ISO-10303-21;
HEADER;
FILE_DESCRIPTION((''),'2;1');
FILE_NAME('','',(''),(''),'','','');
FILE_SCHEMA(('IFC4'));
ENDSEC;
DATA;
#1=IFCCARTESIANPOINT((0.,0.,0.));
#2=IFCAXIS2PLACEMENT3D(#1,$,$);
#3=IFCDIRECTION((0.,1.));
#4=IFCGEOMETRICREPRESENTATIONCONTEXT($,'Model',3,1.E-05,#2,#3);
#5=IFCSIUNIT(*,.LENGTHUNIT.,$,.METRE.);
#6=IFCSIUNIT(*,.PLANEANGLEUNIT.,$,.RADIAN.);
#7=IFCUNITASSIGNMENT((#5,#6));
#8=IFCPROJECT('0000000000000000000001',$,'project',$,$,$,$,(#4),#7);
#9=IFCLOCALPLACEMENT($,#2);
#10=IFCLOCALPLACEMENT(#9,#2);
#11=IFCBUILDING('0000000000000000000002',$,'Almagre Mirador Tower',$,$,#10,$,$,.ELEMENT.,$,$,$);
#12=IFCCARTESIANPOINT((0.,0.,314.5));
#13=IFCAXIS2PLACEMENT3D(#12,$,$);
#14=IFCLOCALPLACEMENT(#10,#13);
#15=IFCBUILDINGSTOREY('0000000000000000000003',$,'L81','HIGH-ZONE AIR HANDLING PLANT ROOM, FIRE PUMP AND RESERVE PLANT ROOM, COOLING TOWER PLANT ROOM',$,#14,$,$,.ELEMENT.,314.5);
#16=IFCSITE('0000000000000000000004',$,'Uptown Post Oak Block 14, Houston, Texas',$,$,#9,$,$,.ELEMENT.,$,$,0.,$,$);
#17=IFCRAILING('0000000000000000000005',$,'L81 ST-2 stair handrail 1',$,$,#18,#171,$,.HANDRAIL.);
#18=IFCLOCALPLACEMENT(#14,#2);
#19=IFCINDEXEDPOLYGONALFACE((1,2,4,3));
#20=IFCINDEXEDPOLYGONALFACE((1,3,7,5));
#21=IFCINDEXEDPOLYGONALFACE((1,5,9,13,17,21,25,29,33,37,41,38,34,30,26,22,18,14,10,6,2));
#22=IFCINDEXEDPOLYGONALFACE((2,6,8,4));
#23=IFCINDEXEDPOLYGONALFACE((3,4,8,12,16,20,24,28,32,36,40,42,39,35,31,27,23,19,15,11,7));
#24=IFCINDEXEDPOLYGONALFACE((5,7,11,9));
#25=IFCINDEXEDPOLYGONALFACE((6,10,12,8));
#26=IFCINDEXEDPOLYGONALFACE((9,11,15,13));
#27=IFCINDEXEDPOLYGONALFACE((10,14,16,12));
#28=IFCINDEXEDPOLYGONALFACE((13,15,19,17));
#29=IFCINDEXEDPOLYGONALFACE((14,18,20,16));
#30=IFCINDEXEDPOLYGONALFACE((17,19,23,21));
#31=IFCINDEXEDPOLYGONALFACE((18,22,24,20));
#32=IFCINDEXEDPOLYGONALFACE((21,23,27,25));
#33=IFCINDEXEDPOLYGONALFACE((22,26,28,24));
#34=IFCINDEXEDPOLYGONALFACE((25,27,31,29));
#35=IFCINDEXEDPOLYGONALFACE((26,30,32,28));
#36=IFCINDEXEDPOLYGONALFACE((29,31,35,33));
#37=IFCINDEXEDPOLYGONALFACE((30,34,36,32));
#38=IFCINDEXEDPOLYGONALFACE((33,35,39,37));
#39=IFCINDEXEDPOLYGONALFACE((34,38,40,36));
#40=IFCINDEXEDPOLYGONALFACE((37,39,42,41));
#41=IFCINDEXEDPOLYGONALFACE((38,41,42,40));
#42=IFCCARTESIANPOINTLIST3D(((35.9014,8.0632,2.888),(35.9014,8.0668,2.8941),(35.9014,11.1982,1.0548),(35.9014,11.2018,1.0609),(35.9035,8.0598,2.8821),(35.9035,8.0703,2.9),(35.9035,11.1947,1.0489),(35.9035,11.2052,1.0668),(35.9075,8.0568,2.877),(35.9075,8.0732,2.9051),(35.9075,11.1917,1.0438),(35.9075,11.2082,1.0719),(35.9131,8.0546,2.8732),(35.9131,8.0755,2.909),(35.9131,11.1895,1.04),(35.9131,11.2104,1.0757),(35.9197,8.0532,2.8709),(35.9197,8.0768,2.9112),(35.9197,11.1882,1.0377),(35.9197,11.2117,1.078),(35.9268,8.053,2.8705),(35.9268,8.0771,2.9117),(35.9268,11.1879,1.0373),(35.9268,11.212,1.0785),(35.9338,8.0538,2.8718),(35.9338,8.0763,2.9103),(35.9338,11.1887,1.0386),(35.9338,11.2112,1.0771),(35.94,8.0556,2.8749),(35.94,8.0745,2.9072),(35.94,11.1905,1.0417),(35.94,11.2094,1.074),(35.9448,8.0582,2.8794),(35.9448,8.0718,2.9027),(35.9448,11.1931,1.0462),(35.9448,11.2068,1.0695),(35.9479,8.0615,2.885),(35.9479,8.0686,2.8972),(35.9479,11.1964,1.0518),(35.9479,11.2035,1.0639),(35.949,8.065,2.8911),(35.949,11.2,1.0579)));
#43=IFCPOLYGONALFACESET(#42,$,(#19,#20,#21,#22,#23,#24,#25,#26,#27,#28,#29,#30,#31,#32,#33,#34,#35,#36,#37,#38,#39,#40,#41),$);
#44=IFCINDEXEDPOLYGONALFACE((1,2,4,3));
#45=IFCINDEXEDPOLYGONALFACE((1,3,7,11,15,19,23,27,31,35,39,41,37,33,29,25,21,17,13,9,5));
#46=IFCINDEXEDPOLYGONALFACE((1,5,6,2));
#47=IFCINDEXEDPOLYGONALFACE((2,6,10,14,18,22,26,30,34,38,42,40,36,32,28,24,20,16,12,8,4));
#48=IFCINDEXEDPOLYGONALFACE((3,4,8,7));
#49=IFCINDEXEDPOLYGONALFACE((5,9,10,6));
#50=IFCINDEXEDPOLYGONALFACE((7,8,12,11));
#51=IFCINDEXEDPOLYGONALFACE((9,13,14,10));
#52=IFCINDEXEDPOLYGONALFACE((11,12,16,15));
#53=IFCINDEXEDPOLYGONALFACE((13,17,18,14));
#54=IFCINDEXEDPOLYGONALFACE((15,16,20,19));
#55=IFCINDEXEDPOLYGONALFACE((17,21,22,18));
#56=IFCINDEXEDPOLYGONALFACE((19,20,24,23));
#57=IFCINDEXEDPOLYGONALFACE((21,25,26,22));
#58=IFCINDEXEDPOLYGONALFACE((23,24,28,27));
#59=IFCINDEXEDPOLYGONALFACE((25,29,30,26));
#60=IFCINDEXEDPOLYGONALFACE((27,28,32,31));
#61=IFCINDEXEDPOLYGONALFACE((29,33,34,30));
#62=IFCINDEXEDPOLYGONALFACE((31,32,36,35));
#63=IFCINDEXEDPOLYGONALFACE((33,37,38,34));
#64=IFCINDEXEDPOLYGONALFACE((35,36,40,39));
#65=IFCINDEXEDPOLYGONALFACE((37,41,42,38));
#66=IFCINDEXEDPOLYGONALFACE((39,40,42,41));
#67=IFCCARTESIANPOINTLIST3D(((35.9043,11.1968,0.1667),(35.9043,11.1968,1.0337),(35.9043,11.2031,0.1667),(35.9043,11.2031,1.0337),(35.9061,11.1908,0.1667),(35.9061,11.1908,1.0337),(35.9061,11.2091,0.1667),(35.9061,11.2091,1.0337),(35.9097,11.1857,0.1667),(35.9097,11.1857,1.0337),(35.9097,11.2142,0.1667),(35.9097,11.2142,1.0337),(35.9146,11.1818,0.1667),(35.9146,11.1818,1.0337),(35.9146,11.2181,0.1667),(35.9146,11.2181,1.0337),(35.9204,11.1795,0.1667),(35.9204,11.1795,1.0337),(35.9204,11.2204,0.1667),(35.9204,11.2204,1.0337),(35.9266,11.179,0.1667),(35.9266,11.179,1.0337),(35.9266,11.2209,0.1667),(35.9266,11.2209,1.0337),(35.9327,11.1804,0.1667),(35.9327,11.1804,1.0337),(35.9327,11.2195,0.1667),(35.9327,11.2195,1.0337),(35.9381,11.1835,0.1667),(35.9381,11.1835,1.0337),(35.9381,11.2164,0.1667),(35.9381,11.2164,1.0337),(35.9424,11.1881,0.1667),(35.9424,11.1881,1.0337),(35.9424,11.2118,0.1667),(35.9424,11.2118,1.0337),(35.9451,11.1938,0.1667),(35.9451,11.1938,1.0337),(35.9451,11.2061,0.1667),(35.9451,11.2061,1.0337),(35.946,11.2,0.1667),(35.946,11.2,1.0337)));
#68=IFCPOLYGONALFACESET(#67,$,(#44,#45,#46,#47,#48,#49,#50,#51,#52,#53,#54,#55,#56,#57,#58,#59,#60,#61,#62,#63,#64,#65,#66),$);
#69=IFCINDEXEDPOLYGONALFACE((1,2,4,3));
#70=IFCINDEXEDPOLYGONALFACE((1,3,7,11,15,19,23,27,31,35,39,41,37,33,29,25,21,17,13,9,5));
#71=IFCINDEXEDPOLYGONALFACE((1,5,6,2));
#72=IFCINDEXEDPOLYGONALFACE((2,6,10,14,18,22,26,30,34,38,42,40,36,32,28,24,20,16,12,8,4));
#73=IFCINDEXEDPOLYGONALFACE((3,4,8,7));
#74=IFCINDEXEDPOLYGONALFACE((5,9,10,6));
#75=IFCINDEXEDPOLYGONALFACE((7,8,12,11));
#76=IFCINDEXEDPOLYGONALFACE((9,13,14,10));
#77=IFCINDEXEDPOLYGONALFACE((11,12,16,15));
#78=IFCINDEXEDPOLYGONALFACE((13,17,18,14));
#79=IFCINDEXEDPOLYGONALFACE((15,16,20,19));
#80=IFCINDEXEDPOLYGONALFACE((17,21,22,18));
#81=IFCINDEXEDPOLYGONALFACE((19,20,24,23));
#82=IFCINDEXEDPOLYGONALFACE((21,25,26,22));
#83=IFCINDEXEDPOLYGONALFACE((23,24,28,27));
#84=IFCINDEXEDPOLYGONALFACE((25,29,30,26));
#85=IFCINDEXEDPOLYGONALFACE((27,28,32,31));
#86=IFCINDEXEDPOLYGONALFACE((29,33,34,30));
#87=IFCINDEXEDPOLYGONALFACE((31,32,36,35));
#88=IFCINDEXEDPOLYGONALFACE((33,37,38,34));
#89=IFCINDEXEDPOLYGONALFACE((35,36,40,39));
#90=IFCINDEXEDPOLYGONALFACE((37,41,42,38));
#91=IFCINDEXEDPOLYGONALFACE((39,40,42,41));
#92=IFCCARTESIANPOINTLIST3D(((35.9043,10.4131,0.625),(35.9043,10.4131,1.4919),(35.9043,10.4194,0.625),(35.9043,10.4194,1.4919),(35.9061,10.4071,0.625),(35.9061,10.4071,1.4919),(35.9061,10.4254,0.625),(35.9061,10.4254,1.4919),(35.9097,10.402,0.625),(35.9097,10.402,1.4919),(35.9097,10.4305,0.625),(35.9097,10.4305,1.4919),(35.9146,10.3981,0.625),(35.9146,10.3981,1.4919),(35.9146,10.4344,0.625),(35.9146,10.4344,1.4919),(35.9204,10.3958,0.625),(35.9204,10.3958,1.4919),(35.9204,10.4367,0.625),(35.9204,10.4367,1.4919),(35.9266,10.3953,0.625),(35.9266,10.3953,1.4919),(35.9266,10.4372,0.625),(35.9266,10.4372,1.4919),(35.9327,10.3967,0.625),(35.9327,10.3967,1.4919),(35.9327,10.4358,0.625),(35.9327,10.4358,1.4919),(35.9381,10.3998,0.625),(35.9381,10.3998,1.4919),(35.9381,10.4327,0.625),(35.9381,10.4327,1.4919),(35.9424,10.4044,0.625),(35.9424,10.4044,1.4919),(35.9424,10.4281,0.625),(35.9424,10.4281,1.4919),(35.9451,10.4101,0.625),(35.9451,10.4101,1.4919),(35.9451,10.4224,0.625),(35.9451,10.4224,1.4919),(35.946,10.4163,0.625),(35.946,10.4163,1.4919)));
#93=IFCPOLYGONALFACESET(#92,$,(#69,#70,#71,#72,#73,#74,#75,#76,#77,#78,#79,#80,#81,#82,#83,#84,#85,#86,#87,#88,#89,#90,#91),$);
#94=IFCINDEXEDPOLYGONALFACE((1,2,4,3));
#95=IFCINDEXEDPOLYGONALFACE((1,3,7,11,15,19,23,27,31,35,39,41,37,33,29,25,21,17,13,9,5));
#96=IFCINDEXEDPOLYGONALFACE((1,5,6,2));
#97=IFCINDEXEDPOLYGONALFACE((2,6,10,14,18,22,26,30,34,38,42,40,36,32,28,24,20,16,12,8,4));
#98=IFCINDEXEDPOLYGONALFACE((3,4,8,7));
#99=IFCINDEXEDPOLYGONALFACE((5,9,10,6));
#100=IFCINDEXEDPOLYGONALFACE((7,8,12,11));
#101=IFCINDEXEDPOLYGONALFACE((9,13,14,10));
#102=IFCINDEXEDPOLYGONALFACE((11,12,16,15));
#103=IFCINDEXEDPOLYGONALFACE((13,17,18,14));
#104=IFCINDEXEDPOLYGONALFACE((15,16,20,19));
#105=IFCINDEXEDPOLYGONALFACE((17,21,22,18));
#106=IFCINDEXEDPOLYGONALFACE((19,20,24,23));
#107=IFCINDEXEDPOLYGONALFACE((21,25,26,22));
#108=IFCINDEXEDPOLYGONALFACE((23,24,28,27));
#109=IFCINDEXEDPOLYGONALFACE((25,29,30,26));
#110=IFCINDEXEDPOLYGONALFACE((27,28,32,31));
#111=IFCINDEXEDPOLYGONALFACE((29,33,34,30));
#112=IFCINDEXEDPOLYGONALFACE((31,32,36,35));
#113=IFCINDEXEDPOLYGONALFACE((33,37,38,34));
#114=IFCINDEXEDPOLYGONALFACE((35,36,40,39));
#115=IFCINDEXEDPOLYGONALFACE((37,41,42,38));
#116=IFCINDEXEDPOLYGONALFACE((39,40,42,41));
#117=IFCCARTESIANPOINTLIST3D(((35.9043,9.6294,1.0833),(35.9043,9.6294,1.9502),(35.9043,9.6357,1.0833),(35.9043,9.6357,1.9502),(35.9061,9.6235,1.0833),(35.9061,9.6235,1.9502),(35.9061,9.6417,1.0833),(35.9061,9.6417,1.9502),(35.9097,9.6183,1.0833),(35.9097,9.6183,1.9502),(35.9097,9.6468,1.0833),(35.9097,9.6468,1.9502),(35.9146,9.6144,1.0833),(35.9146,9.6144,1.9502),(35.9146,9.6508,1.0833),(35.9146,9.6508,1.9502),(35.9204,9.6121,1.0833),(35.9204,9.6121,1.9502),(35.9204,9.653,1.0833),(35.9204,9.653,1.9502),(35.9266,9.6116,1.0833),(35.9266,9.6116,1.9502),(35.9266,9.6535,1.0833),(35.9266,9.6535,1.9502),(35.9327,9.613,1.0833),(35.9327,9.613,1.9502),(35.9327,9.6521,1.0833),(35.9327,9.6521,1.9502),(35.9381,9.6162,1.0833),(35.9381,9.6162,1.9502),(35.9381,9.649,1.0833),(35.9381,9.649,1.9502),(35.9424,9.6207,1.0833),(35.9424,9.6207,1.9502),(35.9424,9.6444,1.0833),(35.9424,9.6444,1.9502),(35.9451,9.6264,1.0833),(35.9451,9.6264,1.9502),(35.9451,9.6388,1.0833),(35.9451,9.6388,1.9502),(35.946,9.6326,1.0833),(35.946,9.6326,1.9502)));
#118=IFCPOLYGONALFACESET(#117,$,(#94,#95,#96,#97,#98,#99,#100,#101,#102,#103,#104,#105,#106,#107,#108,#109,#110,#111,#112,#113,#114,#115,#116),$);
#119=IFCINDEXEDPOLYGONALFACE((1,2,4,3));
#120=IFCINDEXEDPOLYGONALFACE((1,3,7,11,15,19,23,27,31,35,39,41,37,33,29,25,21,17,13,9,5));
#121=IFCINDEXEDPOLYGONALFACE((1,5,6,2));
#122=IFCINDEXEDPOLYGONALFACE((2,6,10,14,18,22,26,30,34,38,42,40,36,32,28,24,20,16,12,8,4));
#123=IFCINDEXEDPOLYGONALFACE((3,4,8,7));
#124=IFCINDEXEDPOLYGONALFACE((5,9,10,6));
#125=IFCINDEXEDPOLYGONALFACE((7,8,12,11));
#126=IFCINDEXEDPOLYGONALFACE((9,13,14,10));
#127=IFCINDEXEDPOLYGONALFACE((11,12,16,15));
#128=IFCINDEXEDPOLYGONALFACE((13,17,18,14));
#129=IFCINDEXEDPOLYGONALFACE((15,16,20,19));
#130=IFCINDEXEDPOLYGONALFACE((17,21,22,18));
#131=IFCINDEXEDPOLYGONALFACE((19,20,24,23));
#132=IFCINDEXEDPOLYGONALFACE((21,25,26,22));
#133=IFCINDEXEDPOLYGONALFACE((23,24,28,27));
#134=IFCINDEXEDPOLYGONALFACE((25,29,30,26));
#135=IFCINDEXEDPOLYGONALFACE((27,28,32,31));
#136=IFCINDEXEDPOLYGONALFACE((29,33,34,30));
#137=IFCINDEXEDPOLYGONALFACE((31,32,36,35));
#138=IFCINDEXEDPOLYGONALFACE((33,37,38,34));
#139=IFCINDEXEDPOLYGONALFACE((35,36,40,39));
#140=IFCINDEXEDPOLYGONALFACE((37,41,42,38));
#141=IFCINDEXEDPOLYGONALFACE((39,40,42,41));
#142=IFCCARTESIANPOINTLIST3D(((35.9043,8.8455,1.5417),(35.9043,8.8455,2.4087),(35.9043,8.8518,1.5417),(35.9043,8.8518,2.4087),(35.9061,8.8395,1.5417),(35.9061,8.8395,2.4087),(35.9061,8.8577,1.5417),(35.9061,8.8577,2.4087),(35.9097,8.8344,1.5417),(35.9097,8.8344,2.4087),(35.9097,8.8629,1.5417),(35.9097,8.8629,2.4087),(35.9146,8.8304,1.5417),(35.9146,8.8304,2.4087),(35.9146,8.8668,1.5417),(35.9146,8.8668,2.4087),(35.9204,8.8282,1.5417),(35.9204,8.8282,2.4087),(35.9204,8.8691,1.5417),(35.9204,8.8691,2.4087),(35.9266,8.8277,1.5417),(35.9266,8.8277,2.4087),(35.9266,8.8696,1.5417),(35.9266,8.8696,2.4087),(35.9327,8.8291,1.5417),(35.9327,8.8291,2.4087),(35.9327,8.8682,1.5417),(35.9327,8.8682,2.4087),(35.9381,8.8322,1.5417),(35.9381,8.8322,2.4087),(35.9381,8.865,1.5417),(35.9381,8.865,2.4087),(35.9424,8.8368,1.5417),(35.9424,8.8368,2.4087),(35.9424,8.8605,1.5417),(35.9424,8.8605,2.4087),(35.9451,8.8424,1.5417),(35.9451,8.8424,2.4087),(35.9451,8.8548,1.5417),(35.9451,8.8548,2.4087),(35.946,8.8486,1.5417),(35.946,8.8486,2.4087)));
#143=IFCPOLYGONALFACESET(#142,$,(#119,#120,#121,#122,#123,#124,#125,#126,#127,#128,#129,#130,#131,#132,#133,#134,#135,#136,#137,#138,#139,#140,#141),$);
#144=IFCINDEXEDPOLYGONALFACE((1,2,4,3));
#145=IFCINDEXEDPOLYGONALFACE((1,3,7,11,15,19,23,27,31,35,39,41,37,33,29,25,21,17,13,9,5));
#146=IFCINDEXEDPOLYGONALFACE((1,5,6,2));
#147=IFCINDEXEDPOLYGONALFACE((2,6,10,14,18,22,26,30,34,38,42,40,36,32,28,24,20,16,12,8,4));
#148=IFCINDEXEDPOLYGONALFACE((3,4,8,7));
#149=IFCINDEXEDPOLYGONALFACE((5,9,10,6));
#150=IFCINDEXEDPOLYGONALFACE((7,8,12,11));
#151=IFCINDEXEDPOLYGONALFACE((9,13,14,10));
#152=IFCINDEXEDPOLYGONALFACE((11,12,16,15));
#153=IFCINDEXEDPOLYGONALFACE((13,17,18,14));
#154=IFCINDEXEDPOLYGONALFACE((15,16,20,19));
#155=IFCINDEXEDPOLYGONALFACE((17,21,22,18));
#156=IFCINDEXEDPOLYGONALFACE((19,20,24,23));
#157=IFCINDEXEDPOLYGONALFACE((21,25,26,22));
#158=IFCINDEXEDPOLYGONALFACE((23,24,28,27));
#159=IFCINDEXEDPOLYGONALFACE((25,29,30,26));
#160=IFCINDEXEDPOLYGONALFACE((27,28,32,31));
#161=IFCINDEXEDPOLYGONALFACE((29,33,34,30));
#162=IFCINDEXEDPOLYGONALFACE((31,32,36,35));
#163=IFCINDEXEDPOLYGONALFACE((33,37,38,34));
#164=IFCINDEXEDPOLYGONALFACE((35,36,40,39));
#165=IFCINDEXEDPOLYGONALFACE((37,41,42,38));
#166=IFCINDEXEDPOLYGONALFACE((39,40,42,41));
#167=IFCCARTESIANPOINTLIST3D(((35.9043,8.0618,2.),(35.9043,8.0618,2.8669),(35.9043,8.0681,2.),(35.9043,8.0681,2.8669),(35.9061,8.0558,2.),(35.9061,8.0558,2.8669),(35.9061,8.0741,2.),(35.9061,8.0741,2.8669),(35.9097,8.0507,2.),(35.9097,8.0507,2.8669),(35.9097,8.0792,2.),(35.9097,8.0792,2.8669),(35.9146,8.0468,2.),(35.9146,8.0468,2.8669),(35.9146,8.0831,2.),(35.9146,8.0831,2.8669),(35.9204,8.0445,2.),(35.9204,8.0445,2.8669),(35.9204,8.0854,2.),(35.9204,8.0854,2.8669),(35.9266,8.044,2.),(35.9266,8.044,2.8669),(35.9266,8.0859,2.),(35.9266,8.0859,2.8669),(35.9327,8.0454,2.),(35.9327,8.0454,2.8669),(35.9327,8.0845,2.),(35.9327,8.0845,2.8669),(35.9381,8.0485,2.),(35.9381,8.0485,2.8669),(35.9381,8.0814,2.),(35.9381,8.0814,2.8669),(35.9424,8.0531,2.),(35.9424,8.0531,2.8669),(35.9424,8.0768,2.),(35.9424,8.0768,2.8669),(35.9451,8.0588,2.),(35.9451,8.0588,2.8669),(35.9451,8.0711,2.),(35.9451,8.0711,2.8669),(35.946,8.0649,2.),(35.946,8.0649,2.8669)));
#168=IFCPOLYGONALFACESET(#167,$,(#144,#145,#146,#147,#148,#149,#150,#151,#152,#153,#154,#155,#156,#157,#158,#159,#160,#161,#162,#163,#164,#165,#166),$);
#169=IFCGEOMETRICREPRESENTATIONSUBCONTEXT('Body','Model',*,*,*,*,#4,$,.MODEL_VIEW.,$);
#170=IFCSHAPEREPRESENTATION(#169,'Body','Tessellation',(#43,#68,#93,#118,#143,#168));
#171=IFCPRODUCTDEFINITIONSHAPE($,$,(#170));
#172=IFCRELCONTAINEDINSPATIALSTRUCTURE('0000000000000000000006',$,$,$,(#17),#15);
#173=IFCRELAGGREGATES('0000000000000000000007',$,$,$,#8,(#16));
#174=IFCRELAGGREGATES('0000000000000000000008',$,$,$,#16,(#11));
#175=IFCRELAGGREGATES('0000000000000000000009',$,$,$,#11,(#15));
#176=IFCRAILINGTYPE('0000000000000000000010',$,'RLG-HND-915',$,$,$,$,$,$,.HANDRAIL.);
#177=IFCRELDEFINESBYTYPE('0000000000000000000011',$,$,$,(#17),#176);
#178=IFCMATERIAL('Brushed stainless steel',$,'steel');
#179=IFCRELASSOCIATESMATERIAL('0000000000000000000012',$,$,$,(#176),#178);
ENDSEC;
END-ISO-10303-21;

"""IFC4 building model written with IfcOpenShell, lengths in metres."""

from ifc_helpers import new_model, si_unit, direction, frame, origin, origin_2d, place, context, subcontext, project, spatial, circle, extrude, material, type_object, element, save


model = new_model("IFC4")

# Units and contexts
model_context = context("Model", 3, precision=1e-05, world=origin(), true_north=direction((0.0, 1.0)))
body_context = subcontext(model_context, "Body", "Model", "MODEL_VIEW")
ifc_project = project(units=[si_unit("LENGTHUNIT", "METRE"), si_unit("PLANEANGLEUNIT", "RADIAN")], contexts=[model_context])

# Site, building, storey
site_placement = place(None, origin())
site = spatial("IfcSite", under=ifc_project, at=site_placement, Name="Uptown Post Oak Block 14, Houston, Texas", CompositionType="ELEMENT", RefElevation=0.0)
building_placement = place(site_placement, origin())
building = spatial("IfcBuilding", under=site, at=building_placement, Name="Almagre Mirador Tower", CompositionType="ELEMENT")
storey_placement = place(building_placement, frame((0.0, 0.0, 314.5)))
storey = spatial("IfcBuildingStorey", under=building, at=storey_placement, Name="L81", Description="HIGH-ZONE AIR HANDLING PLANT ROOM, FIRE PUMP AND RESERVE PLANT ROOM, COOLING TOWER PLANT ROOM", CompositionType="ELEMENT", Elevation=314.5)

# Railing
ifc_material_1 = material(Name="Brushed stainless steel", Category="steel")
railing_type_1 = type_object("IfcRailingType", Name="RLG-HND-915", PredefinedType="HANDRAIL", material=ifc_material_1)
railing_1_placement = place(storey_placement, frame((35.925, 11.2, 0.1667)))
element("IfcRailing", 1, at=railing_1_placement, inside=storey, type_object=railing_type_1, Name="L81 ST-2 stair handrail 1", PredefinedType="HANDRAIL", context=body_context, shape_type="SweptSolid", body=[
    extrude(circle(Radius=0.0239, at=origin_2d()), frame((0.0, 0.0, 0.8911), z_axis=(0.0, -0.86324, 0.504794), x_axis=(1.0, 0.0, 0.0)), (0.0, 0.0, 1.0), 3.6316),
    extrude(circle(Radius=0.021, at=origin_2d()), origin(), (0.0, 0.0, 1.0), 0.8669),
    extrude(circle(Radius=0.021, at=origin_2d()), frame((0.0, -0.7837, 0.4583)), (0.0, 0.0, 1.0), 0.8669),
    extrude(circle(Radius=0.021, at=origin_2d()), frame((0.0, -1.5674, 0.9165)), (0.0, 0.0, 1.0), 0.8669),
    extrude(circle(Radius=0.021, at=origin_2d()), frame((0.0, -2.3513, 1.375)), (0.0, 0.0, 1.0), 0.8669),
    extrude(circle(Radius=0.021, at=origin_2d()), frame((0.0, -3.135, 1.8333)), (0.0, 0.0, 1.0), 0.8669),
])

save(model, "model.ifc")
